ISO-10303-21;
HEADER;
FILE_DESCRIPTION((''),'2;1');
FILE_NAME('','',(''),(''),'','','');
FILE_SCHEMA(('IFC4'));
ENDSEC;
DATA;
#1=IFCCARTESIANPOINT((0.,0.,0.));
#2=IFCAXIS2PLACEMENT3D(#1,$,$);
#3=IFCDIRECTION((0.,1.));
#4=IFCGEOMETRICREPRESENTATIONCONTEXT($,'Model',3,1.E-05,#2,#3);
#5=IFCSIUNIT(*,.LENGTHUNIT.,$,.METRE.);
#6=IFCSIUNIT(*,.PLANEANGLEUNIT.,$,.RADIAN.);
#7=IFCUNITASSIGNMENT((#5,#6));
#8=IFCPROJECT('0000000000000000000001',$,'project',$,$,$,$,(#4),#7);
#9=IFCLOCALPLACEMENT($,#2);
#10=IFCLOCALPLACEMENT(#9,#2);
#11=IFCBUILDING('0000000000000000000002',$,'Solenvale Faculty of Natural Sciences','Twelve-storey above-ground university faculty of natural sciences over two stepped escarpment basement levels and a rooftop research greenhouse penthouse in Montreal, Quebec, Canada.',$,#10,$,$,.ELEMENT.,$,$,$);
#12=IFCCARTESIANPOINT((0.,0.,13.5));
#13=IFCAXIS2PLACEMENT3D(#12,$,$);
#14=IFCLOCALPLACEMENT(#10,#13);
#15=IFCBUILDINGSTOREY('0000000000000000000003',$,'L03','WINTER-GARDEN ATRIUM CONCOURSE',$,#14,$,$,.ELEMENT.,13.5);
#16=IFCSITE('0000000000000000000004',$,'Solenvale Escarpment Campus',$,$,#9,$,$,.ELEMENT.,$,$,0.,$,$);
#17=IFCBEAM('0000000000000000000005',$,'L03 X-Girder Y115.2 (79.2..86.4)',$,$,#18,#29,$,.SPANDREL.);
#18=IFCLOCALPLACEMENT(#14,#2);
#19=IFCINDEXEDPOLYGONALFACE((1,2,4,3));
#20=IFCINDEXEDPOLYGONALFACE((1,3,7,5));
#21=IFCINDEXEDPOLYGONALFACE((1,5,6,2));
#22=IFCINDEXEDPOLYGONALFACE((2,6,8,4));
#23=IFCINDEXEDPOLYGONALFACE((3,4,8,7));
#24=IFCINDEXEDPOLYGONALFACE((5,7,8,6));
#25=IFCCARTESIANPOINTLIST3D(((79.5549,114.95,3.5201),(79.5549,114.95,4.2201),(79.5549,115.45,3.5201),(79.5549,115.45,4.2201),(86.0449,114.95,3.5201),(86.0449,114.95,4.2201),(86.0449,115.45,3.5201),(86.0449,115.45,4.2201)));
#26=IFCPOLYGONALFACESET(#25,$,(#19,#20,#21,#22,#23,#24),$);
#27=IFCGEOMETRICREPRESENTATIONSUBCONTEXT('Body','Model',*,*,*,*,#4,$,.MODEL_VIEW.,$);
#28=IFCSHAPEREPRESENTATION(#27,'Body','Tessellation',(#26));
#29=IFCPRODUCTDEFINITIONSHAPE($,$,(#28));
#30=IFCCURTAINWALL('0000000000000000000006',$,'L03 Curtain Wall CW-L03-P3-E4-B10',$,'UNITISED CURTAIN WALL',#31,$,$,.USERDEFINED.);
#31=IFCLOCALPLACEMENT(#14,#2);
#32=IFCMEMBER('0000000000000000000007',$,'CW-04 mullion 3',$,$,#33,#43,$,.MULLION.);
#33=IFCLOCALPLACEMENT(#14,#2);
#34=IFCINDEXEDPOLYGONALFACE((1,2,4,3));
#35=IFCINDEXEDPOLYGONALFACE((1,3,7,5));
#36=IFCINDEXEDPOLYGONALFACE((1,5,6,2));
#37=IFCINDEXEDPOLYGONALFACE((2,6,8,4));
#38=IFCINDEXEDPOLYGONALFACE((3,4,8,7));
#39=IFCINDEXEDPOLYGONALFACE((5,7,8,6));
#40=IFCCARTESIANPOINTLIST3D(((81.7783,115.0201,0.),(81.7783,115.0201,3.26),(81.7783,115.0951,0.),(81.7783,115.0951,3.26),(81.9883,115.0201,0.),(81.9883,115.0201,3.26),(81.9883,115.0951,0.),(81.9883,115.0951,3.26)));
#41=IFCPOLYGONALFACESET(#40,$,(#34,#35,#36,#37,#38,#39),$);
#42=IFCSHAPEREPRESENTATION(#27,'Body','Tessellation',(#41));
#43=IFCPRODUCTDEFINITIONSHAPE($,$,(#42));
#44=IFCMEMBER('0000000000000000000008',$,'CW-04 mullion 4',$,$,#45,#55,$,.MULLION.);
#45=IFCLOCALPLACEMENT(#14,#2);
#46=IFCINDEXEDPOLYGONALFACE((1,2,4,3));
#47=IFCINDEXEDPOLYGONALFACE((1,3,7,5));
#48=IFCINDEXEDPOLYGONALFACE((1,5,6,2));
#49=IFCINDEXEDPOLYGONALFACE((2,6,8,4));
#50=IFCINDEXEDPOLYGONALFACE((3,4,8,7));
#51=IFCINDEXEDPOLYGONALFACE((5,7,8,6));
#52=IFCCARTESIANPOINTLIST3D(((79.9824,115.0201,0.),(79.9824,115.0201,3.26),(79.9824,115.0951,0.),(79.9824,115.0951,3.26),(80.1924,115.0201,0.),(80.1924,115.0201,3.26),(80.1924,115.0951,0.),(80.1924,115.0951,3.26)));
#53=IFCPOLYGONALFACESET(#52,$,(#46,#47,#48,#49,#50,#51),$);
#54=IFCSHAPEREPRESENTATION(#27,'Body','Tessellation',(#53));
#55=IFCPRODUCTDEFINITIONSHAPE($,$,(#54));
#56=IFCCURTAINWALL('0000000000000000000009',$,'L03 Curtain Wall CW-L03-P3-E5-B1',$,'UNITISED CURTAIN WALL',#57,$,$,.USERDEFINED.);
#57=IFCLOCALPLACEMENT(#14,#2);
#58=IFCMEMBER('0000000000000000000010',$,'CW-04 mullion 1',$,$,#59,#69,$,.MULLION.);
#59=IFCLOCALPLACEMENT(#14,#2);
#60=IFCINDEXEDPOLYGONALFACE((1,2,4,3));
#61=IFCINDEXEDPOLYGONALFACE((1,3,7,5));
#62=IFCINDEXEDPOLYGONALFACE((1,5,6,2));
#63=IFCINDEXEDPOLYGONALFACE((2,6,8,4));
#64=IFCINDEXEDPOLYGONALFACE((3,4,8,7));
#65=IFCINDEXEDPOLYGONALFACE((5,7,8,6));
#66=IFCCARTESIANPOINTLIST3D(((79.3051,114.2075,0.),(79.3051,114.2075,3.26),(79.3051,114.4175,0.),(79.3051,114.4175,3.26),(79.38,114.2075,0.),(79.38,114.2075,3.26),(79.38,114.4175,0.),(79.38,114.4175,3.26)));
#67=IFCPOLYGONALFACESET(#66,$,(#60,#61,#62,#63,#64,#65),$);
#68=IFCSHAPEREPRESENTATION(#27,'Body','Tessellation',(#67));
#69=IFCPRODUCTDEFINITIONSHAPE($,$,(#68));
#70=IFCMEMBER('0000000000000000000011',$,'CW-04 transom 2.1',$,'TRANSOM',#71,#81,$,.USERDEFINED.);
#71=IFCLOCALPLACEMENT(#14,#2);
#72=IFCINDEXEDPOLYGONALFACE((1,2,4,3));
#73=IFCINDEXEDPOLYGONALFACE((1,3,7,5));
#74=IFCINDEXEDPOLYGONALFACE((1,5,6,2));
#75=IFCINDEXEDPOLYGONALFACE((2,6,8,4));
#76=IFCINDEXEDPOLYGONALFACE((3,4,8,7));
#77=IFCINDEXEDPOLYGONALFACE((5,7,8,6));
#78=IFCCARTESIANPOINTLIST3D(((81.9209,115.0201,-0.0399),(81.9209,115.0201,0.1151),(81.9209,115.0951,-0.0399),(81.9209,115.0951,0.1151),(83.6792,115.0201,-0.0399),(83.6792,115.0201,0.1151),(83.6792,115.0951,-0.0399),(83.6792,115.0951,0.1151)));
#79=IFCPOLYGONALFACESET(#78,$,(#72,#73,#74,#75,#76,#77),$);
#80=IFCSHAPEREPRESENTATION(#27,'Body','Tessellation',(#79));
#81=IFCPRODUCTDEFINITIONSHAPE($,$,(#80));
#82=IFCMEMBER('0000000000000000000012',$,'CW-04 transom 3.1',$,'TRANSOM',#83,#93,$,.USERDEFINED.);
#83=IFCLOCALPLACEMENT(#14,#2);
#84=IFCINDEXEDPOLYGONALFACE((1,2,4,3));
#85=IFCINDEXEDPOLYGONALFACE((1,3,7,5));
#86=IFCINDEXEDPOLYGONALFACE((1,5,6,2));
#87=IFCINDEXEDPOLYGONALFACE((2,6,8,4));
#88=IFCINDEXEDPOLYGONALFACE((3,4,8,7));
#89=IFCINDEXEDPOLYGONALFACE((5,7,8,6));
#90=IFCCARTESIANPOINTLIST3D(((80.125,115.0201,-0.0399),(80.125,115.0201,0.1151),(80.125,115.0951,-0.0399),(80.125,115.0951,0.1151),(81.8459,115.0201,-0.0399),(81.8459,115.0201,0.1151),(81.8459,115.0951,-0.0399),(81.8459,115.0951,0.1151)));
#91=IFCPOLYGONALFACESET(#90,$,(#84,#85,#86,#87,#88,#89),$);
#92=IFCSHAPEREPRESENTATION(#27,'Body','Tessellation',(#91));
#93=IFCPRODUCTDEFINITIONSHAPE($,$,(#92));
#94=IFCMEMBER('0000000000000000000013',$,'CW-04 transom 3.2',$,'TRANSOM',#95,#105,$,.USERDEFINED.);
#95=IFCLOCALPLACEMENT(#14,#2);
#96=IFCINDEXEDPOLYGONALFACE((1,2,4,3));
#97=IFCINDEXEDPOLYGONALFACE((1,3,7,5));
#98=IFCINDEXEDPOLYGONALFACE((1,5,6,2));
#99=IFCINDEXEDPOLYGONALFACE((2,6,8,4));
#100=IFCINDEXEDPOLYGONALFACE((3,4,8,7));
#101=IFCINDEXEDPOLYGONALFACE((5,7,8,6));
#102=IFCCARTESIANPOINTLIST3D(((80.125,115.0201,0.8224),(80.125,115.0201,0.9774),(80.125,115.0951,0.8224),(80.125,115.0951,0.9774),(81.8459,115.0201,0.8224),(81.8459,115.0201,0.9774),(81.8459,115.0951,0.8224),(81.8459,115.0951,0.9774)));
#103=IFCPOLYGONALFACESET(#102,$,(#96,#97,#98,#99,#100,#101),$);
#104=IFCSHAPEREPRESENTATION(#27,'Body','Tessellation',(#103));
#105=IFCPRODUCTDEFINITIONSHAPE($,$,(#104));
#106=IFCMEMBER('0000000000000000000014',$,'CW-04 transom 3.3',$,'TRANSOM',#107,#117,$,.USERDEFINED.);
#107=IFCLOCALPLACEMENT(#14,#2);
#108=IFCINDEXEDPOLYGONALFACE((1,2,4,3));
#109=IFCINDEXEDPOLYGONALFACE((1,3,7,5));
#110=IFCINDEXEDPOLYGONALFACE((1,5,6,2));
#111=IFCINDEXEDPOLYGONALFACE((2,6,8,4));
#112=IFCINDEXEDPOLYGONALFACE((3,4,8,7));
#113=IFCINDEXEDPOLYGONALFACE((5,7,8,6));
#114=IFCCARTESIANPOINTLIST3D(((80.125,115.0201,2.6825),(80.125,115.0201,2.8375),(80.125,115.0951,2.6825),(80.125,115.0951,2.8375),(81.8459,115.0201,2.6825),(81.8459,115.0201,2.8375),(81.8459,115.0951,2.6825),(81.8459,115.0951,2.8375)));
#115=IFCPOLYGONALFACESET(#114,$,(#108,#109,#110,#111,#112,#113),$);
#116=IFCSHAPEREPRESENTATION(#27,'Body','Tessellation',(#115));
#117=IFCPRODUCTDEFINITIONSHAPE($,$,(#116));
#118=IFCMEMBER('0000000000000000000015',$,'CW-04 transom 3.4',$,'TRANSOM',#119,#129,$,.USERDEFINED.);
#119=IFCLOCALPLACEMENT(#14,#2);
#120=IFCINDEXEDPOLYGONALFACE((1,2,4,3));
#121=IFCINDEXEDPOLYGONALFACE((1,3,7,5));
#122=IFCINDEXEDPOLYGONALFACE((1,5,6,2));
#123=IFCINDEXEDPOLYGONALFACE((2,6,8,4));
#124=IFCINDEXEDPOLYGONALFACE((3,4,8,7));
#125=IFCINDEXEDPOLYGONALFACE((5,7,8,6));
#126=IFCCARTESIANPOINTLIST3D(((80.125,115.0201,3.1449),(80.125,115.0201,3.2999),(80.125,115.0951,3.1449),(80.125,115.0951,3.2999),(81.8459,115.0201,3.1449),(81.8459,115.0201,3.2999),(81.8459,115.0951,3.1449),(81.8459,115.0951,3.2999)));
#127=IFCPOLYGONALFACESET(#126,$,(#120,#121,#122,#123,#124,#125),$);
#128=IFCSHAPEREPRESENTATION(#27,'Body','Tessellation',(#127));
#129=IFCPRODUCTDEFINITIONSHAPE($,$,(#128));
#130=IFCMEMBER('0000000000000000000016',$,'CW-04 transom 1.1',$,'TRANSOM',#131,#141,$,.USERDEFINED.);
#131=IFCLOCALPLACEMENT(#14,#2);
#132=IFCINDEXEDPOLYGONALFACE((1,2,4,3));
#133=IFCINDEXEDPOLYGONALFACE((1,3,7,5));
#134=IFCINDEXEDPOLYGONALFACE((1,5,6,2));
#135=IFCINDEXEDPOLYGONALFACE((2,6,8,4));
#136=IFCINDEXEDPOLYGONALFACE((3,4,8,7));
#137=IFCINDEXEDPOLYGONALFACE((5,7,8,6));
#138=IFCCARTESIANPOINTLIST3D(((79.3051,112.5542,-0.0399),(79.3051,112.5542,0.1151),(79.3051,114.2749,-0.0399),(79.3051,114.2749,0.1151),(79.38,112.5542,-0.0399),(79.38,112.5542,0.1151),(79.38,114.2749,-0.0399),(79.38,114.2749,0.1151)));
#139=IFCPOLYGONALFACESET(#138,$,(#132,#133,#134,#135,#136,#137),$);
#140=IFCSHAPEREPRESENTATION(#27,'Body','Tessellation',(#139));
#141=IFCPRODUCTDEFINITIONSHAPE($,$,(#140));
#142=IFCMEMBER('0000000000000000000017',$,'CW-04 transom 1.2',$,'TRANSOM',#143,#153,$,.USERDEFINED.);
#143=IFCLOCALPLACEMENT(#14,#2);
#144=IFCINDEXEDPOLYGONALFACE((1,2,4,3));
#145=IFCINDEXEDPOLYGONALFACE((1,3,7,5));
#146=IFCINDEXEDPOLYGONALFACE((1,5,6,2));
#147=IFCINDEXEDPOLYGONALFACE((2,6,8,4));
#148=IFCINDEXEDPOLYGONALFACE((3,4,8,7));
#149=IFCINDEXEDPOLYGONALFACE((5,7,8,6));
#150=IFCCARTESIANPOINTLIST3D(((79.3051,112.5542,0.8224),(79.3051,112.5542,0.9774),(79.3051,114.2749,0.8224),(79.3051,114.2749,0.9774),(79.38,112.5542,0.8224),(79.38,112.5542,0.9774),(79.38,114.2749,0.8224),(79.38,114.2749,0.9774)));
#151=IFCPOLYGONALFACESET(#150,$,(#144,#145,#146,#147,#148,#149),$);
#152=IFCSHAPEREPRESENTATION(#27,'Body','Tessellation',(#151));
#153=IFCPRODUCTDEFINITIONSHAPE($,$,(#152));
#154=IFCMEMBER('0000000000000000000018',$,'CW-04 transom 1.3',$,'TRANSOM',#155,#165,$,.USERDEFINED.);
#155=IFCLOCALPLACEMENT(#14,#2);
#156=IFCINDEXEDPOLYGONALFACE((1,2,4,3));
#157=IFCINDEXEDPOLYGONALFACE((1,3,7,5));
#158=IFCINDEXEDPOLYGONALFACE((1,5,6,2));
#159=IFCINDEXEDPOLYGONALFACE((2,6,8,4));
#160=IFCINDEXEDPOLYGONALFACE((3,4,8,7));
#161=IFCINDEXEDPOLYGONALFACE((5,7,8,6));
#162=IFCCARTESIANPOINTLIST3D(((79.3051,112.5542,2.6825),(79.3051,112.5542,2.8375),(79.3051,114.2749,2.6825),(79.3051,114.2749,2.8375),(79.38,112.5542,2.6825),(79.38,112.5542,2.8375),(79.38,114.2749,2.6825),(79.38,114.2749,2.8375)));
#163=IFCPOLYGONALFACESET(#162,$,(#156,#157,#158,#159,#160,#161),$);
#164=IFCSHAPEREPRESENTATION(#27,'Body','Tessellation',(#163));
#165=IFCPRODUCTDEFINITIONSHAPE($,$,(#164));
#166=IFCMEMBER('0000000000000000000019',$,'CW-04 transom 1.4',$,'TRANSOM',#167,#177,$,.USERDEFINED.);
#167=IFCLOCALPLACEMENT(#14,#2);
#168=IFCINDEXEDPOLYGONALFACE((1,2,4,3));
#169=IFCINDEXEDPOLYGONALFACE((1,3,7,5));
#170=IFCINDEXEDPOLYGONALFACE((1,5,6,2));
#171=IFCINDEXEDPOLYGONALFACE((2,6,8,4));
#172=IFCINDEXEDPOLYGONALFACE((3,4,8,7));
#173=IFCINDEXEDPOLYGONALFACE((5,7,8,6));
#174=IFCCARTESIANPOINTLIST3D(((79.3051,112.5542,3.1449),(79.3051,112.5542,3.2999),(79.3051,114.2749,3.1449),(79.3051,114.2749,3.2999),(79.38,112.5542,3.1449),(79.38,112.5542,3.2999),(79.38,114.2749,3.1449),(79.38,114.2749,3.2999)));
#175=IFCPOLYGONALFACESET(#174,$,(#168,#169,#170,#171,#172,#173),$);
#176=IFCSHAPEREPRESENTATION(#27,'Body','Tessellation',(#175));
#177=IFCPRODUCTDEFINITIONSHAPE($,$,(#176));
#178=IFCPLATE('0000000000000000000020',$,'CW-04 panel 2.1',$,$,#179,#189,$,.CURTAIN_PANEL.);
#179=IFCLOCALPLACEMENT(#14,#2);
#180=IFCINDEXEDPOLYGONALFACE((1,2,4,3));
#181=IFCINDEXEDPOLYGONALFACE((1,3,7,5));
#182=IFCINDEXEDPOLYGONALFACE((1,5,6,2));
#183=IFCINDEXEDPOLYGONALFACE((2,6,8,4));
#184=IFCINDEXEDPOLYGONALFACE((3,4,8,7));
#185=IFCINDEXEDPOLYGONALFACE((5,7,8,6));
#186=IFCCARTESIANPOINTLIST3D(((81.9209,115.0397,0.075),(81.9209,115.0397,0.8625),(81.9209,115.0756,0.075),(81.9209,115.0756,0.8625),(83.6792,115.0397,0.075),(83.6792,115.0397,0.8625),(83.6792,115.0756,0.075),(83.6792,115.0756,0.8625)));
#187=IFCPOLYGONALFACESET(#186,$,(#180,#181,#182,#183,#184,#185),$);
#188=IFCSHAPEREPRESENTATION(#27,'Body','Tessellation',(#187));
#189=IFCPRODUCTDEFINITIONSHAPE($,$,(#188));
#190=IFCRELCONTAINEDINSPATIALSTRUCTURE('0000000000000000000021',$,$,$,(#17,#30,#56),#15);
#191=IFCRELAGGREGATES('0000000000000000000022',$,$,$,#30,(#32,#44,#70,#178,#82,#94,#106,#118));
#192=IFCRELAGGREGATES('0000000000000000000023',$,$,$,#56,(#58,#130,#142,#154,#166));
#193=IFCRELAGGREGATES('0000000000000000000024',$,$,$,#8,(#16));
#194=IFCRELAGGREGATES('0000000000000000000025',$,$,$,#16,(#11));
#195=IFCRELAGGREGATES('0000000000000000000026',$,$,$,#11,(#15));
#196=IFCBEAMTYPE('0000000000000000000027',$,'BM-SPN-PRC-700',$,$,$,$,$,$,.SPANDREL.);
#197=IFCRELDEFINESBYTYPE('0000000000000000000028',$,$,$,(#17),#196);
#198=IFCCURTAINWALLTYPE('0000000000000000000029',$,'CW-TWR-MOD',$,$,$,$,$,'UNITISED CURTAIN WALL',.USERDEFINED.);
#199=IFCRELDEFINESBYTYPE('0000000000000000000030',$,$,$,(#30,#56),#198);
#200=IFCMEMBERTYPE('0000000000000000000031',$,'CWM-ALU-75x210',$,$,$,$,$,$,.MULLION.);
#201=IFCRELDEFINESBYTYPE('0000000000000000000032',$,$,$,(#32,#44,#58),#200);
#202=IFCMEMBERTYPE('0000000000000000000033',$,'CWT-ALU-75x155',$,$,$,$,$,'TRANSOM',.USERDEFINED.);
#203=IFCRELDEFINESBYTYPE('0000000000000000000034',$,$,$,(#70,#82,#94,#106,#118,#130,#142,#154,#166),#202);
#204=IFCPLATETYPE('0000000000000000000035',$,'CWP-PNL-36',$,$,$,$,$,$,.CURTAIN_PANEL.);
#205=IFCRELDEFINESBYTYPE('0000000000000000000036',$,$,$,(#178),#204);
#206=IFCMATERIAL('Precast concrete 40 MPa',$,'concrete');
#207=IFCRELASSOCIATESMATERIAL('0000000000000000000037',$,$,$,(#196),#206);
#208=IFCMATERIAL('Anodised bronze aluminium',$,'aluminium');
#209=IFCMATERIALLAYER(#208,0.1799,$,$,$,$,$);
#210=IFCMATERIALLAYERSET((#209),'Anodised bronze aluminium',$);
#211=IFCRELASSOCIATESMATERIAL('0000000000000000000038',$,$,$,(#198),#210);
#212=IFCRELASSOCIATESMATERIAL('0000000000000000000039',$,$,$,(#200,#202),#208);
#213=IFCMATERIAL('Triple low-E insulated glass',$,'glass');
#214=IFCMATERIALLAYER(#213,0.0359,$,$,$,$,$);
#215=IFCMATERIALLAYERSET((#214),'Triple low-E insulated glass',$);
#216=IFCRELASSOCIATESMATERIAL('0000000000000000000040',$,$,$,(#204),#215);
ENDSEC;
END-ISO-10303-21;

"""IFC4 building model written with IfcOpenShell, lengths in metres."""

from ifc_helpers import new_model, si_unit, direction, frame, origin, origin_2d, place, context, subcontext, project, spatial, rectangle, extrude, material, layer, layer_set, material_profile, profile_set, type_object, element, aggregate, save


model = new_model("IFC4")

# Units and contexts
model_context = context("Model", 3, precision=1e-05, world=origin(), true_north=direction((0.0, 1.0)))
body_context = subcontext(model_context, "Body", "Model", "MODEL_VIEW")
ifc_project = project(units=[si_unit("LENGTHUNIT", "METRE"), si_unit("PLANEANGLEUNIT", "RADIAN")], contexts=[model_context])

# Site, building, storey
site_placement = place(None, origin())
site = spatial("IfcSite", under=ifc_project, at=site_placement, Name="Solenvale Escarpment Campus", CompositionType="ELEMENT", RefElevation=0.0)
building_placement = place(site_placement, origin())
building = spatial("IfcBuilding", under=site, at=building_placement, Name="Solenvale Faculty of Natural Sciences", Description="Twelve-storey above-ground university faculty of natural sciences over two stepped escarpment basement levels and a rooftop research greenhouse penthouse in Montreal, Quebec, Canada.", CompositionType="ELEMENT")
storey_placement = place(building_placement, frame((0.0, 0.0, 13.5)))
storey = spatial("IfcBuildingStorey", under=building, at=storey_placement, Name="L03", Description="WINTER-GARDEN ATRIUM CONCOURSE", CompositionType="ELEMENT", Elevation=13.5)

# Beam
ifc_material_1 = material(Name="Precast concrete 40 MPa", Category="concrete")
ifc_material_profile_1 = material_profile(ifc_material_1, rectangle(XDim=0.5, YDim=0.7, at=origin_2d()), Name="RC-BM-500x700")
ifc_profile_set_1 = profile_set([ifc_material_profile_1], Name="Precast concrete 40 MPa")
beam_type = type_object("IfcBeamType", Name="BM-SPN-PRC-700", PredefinedType="SPANDREL", material=ifc_profile_set_1)
beam_placement = place(storey_placement, frame((79.5549, 115.2, 3.8701), z_axis=(1.0, 0.0, 0.0), x_axis=(0.0, 1.0, 0.0)))
element("IfcBeam", 1, at=beam_placement, inside=storey, type_object=beam_type, Name="L03 X-Girder Y115.2 (79.2..86.4)", PredefinedType="SPANDREL", context=body_context, shape_type="SweptSolid", body=[
    extrude(rectangle(XDim=0.5, YDim=0.7, at=origin_2d()), origin(), (0.0, 0.0, 1.0), 6.49),
])

# Curtain wall, members
ifc_material_2 = material(Name="Anodised bronze aluminium", Category="aluminium")
ifc_layer_1 = layer(ifc_material_2, 0.1799)
ifc_layer_set_1 = layer_set([ifc_layer_1], Name="Anodised bronze aluminium")
curtain_wall_type = type_object("IfcCurtainWallType", Name="CW-TWR-MOD", ElementType="UNITISED CURTAIN WALL", PredefinedType="USERDEFINED", material=ifc_layer_set_1)
curtain_wall_1_placement = place(storey_placement, origin())
curtain_wall_1 = element("IfcCurtainWall", 2, at=curtain_wall_1_placement, inside=storey, type_object=curtain_wall_type, Name="L03 Curtain Wall CW-L03-P3-E4-B10", ObjectType="UNITISED CURTAIN WALL", PredefinedType="USERDEFINED")
ifc_material_profile_2 = material_profile(ifc_material_2, rectangle(XDim=0.075, YDim=0.21, at=origin_2d()), Name="ALU-MUL-75x210")
ifc_profile_set_2 = profile_set([ifc_material_profile_2], Name="Anodised bronze aluminium")
member_type_1 = type_object("IfcMemberType", Name="CWM-ALU-75x210", PredefinedType="MULLION", material=ifc_profile_set_2)
member_1_placement = place(storey_placement, frame((81.8833, 115.0576, 0.0), z_axis=(0.0, 0.0, 1.0), x_axis=(0.0, -1.0, 0.0)))
member_1 = element("IfcMember", 3, at=member_1_placement, type_object=member_type_1, Name="CW-04 mullion 3", PredefinedType="MULLION", context=body_context, shape_type="SweptSolid", body=[
    extrude(rectangle(XDim=0.075, YDim=0.21, at=origin_2d()), origin(), (0.0, 0.0, 1.0), 3.26),
])
member_2_placement = place(storey_placement, frame((80.0874, 115.0576, 0.0), z_axis=(0.0, 0.0, 1.0), x_axis=(0.0, -1.0, 0.0)))
member_2 = element("IfcMember", 4, at=member_2_placement, type_object=member_type_1, Name="CW-04 mullion 4", PredefinedType="MULLION", context=body_context, shape_type="SweptSolid", body=[
    extrude(rectangle(XDim=0.075, YDim=0.21, at=origin_2d()), origin(), (0.0, 0.0, 1.0), 3.26),
])

# Curtain wall, member
curtain_wall_2_placement = place(storey_placement, origin())
curtain_wall_2 = element("IfcCurtainWall", 5, at=curtain_wall_2_placement, inside=storey, type_object=curtain_wall_type, Name="L03 Curtain Wall CW-L03-P3-E5-B1", ObjectType="UNITISED CURTAIN WALL", PredefinedType="USERDEFINED")
member_3_placement = place(storey_placement, frame((79.3425, 114.3125, 0.0), z_axis=(0.0, 0.0, 1.0), x_axis=(1.0, 0.0, 0.0)))
member_3 = element("IfcMember", 6, at=member_3_placement, type_object=member_type_1, Name="CW-04 mullion 1", PredefinedType="MULLION", context=body_context, shape_type="SweptSolid", body=[
    extrude(rectangle(XDim=0.075, YDim=0.21, at=origin_2d()), origin(), (0.0, 0.0, 1.0), 3.26),
])

# Members
ifc_material_profile_3 = material_profile(ifc_material_2, rectangle(XDim=0.075, YDim=0.155, at=origin_2d()), Name="ALU-TRN-75x155")
ifc_profile_set_3 = profile_set([ifc_material_profile_3], Name="Anodised bronze aluminium")
member_type_2 = type_object("IfcMemberType", Name="CWT-ALU-75x155", ElementType="TRANSOM", PredefinedType="USERDEFINED", material=ifc_profile_set_3)
member_4_placement = place(storey_placement, frame((83.6792, 115.0576, 0.0376), z_axis=(-1.0, 0.0, 0.0), x_axis=(0.0, -1.0, 0.0)))
member_4 = element("IfcMember", 7, at=member_4_placement, type_object=member_type_2, Name="CW-04 transom 2.1", ObjectType="TRANSOM", PredefinedType="USERDEFINED", context=body_context, shape_type="SweptSolid", body=[
    extrude(rectangle(XDim=0.075, YDim=0.155, at=origin_2d()), origin(), (0.0, 0.0, 1.0), 1.7583),
])
member_5_placement = place(storey_placement, frame((81.8459, 115.0576, 0.0376), z_axis=(-1.0, 0.0, 0.0), x_axis=(0.0, -1.0, 0.0)))
member_5 = element("IfcMember", 8, at=member_5_placement, type_object=member_type_2, Name="CW-04 transom 3.1", ObjectType="TRANSOM", PredefinedType="USERDEFINED", context=body_context, shape_type="SweptSolid", body=[
    extrude(rectangle(XDim=0.075, YDim=0.155, at=origin_2d()), origin(), (0.0, 0.0, 1.0), 1.7209),
])
member_6_placement = place(storey_placement, frame((81.8459, 115.0576, 0.8999), z_axis=(-1.0, 0.0, 0.0), x_axis=(0.0, -1.0, 0.0)))
member_6 = element("IfcMember", 9, at=member_6_placement, type_object=member_type_2, Name="CW-04 transom 3.2", ObjectType="TRANSOM", PredefinedType="USERDEFINED", context=body_context, shape_type="SweptSolid", body=[
    extrude(rectangle(XDim=0.075, YDim=0.155, at=origin_2d()), origin(), (0.0, 0.0, 1.0), 1.7209),
])
member_7_placement = place(storey_placement, frame((81.8459, 115.0576, 2.76), z_axis=(-1.0, 0.0, 0.0), x_axis=(0.0, -1.0, 0.0)))
member_7 = element("IfcMember", 10, at=member_7_placement, type_object=member_type_2, Name="CW-04 transom 3.3", ObjectType="TRANSOM", PredefinedType="USERDEFINED", context=body_context, shape_type="SweptSolid", body=[
    extrude(rectangle(XDim=0.075, YDim=0.155, at=origin_2d()), origin(), (0.0, 0.0, 1.0), 1.7209),
])
member_8_placement = place(storey_placement, frame((81.8459, 115.0576, 3.2224), z_axis=(-1.0, 0.0, 0.0), x_axis=(0.0, -1.0, 0.0)))
member_8 = element("IfcMember", 11, at=member_8_placement, type_object=member_type_2, Name="CW-04 transom 3.4", ObjectType="TRANSOM", PredefinedType="USERDEFINED", context=body_context, shape_type="SweptSolid", body=[
    extrude(rectangle(XDim=0.075, YDim=0.155, at=origin_2d()), origin(), (0.0, 0.0, 1.0), 1.7209),
])
member_9_placement = place(storey_placement, frame((79.3425, 114.2749, 0.0376), z_axis=(0.0, -1.0, 0.0), x_axis=(1.0, 0.0, 0.0)))
member_9 = element("IfcMember", 12, at=member_9_placement, type_object=member_type_2, Name="CW-04 transom 1.1", ObjectType="TRANSOM", PredefinedType="USERDEFINED", context=body_context, shape_type="SweptSolid", body=[
    extrude(rectangle(XDim=0.075, YDim=0.155, at=origin_2d()), origin(), (0.0, 0.0, 1.0), 1.7207),
])
member_10_placement = place(storey_placement, frame((79.3425, 114.2749, 0.8999), z_axis=(0.0, -1.0, 0.0), x_axis=(1.0, 0.0, 0.0)))
member_10 = element("IfcMember", 13, at=member_10_placement, type_object=member_type_2, Name="CW-04 transom 1.2", ObjectType="TRANSOM", PredefinedType="USERDEFINED", context=body_context, shape_type="SweptSolid", body=[
    extrude(rectangle(XDim=0.075, YDim=0.155, at=origin_2d()), origin(), (0.0, 0.0, 1.0), 1.7207),
])
member_11_placement = place(storey_placement, frame((79.3425, 114.2749, 2.76), z_axis=(0.0, -1.0, 0.0), x_axis=(1.0, 0.0, 0.0)))
member_11 = element("IfcMember", 14, at=member_11_placement, type_object=member_type_2, Name="CW-04 transom 1.3", ObjectType="TRANSOM", PredefinedType="USERDEFINED", context=body_context, shape_type="SweptSolid", body=[
    extrude(rectangle(XDim=0.075, YDim=0.155, at=origin_2d()), origin(), (0.0, 0.0, 1.0), 1.7207),
])
member_12_placement = place(storey_placement, frame((79.3425, 114.2749, 3.2224), z_axis=(0.0, -1.0, 0.0), x_axis=(1.0, 0.0, 0.0)))
member_12 = element("IfcMember", 15, at=member_12_placement, type_object=member_type_2, Name="CW-04 transom 1.4", ObjectType="TRANSOM", PredefinedType="USERDEFINED", context=body_context, shape_type="SweptSolid", body=[
    extrude(rectangle(XDim=0.075, YDim=0.155, at=origin_2d()), origin(), (0.0, 0.0, 1.0), 1.7207),
])

# Plate
ifc_material_3 = material(Name="Triple low-E insulated glass", Category="glass")
ifc_layer_2 = layer(ifc_material_3, 0.0359)
ifc_layer_set_2 = layer_set([ifc_layer_2], Name="Triple low-E insulated glass")
plate_type = type_object("IfcPlateType", Name="CWP-PNL-36", PredefinedType="CURTAIN_PANEL", material=ifc_layer_set_2)
plate_1_placement = place(storey_placement, frame((82.8, 115.0576, 0.075), z_axis=(0.0, 0.0, 1.0), x_axis=(-1.0, 0.0, 0.0)))
plate_1 = element("IfcPlate", 16, at=plate_1_placement, type_object=plate_type, Name="CW-04 panel 2.1", PredefinedType="CURTAIN_PANEL", context=body_context, shape_type="SweptSolid", body=[
    extrude(rectangle(XDim=1.7583, YDim=0.0359, at=origin_2d()), origin(), (0.0, 0.0, 1.0), 0.7876),
])
aggregate(curtain_wall_1, [member_1, member_2, member_4, plate_1, member_5, member_6, member_7, member_8])
aggregate(curtain_wall_2, [member_3, member_9, member_10, member_11, member_12])

save(model, "model.ifc")
